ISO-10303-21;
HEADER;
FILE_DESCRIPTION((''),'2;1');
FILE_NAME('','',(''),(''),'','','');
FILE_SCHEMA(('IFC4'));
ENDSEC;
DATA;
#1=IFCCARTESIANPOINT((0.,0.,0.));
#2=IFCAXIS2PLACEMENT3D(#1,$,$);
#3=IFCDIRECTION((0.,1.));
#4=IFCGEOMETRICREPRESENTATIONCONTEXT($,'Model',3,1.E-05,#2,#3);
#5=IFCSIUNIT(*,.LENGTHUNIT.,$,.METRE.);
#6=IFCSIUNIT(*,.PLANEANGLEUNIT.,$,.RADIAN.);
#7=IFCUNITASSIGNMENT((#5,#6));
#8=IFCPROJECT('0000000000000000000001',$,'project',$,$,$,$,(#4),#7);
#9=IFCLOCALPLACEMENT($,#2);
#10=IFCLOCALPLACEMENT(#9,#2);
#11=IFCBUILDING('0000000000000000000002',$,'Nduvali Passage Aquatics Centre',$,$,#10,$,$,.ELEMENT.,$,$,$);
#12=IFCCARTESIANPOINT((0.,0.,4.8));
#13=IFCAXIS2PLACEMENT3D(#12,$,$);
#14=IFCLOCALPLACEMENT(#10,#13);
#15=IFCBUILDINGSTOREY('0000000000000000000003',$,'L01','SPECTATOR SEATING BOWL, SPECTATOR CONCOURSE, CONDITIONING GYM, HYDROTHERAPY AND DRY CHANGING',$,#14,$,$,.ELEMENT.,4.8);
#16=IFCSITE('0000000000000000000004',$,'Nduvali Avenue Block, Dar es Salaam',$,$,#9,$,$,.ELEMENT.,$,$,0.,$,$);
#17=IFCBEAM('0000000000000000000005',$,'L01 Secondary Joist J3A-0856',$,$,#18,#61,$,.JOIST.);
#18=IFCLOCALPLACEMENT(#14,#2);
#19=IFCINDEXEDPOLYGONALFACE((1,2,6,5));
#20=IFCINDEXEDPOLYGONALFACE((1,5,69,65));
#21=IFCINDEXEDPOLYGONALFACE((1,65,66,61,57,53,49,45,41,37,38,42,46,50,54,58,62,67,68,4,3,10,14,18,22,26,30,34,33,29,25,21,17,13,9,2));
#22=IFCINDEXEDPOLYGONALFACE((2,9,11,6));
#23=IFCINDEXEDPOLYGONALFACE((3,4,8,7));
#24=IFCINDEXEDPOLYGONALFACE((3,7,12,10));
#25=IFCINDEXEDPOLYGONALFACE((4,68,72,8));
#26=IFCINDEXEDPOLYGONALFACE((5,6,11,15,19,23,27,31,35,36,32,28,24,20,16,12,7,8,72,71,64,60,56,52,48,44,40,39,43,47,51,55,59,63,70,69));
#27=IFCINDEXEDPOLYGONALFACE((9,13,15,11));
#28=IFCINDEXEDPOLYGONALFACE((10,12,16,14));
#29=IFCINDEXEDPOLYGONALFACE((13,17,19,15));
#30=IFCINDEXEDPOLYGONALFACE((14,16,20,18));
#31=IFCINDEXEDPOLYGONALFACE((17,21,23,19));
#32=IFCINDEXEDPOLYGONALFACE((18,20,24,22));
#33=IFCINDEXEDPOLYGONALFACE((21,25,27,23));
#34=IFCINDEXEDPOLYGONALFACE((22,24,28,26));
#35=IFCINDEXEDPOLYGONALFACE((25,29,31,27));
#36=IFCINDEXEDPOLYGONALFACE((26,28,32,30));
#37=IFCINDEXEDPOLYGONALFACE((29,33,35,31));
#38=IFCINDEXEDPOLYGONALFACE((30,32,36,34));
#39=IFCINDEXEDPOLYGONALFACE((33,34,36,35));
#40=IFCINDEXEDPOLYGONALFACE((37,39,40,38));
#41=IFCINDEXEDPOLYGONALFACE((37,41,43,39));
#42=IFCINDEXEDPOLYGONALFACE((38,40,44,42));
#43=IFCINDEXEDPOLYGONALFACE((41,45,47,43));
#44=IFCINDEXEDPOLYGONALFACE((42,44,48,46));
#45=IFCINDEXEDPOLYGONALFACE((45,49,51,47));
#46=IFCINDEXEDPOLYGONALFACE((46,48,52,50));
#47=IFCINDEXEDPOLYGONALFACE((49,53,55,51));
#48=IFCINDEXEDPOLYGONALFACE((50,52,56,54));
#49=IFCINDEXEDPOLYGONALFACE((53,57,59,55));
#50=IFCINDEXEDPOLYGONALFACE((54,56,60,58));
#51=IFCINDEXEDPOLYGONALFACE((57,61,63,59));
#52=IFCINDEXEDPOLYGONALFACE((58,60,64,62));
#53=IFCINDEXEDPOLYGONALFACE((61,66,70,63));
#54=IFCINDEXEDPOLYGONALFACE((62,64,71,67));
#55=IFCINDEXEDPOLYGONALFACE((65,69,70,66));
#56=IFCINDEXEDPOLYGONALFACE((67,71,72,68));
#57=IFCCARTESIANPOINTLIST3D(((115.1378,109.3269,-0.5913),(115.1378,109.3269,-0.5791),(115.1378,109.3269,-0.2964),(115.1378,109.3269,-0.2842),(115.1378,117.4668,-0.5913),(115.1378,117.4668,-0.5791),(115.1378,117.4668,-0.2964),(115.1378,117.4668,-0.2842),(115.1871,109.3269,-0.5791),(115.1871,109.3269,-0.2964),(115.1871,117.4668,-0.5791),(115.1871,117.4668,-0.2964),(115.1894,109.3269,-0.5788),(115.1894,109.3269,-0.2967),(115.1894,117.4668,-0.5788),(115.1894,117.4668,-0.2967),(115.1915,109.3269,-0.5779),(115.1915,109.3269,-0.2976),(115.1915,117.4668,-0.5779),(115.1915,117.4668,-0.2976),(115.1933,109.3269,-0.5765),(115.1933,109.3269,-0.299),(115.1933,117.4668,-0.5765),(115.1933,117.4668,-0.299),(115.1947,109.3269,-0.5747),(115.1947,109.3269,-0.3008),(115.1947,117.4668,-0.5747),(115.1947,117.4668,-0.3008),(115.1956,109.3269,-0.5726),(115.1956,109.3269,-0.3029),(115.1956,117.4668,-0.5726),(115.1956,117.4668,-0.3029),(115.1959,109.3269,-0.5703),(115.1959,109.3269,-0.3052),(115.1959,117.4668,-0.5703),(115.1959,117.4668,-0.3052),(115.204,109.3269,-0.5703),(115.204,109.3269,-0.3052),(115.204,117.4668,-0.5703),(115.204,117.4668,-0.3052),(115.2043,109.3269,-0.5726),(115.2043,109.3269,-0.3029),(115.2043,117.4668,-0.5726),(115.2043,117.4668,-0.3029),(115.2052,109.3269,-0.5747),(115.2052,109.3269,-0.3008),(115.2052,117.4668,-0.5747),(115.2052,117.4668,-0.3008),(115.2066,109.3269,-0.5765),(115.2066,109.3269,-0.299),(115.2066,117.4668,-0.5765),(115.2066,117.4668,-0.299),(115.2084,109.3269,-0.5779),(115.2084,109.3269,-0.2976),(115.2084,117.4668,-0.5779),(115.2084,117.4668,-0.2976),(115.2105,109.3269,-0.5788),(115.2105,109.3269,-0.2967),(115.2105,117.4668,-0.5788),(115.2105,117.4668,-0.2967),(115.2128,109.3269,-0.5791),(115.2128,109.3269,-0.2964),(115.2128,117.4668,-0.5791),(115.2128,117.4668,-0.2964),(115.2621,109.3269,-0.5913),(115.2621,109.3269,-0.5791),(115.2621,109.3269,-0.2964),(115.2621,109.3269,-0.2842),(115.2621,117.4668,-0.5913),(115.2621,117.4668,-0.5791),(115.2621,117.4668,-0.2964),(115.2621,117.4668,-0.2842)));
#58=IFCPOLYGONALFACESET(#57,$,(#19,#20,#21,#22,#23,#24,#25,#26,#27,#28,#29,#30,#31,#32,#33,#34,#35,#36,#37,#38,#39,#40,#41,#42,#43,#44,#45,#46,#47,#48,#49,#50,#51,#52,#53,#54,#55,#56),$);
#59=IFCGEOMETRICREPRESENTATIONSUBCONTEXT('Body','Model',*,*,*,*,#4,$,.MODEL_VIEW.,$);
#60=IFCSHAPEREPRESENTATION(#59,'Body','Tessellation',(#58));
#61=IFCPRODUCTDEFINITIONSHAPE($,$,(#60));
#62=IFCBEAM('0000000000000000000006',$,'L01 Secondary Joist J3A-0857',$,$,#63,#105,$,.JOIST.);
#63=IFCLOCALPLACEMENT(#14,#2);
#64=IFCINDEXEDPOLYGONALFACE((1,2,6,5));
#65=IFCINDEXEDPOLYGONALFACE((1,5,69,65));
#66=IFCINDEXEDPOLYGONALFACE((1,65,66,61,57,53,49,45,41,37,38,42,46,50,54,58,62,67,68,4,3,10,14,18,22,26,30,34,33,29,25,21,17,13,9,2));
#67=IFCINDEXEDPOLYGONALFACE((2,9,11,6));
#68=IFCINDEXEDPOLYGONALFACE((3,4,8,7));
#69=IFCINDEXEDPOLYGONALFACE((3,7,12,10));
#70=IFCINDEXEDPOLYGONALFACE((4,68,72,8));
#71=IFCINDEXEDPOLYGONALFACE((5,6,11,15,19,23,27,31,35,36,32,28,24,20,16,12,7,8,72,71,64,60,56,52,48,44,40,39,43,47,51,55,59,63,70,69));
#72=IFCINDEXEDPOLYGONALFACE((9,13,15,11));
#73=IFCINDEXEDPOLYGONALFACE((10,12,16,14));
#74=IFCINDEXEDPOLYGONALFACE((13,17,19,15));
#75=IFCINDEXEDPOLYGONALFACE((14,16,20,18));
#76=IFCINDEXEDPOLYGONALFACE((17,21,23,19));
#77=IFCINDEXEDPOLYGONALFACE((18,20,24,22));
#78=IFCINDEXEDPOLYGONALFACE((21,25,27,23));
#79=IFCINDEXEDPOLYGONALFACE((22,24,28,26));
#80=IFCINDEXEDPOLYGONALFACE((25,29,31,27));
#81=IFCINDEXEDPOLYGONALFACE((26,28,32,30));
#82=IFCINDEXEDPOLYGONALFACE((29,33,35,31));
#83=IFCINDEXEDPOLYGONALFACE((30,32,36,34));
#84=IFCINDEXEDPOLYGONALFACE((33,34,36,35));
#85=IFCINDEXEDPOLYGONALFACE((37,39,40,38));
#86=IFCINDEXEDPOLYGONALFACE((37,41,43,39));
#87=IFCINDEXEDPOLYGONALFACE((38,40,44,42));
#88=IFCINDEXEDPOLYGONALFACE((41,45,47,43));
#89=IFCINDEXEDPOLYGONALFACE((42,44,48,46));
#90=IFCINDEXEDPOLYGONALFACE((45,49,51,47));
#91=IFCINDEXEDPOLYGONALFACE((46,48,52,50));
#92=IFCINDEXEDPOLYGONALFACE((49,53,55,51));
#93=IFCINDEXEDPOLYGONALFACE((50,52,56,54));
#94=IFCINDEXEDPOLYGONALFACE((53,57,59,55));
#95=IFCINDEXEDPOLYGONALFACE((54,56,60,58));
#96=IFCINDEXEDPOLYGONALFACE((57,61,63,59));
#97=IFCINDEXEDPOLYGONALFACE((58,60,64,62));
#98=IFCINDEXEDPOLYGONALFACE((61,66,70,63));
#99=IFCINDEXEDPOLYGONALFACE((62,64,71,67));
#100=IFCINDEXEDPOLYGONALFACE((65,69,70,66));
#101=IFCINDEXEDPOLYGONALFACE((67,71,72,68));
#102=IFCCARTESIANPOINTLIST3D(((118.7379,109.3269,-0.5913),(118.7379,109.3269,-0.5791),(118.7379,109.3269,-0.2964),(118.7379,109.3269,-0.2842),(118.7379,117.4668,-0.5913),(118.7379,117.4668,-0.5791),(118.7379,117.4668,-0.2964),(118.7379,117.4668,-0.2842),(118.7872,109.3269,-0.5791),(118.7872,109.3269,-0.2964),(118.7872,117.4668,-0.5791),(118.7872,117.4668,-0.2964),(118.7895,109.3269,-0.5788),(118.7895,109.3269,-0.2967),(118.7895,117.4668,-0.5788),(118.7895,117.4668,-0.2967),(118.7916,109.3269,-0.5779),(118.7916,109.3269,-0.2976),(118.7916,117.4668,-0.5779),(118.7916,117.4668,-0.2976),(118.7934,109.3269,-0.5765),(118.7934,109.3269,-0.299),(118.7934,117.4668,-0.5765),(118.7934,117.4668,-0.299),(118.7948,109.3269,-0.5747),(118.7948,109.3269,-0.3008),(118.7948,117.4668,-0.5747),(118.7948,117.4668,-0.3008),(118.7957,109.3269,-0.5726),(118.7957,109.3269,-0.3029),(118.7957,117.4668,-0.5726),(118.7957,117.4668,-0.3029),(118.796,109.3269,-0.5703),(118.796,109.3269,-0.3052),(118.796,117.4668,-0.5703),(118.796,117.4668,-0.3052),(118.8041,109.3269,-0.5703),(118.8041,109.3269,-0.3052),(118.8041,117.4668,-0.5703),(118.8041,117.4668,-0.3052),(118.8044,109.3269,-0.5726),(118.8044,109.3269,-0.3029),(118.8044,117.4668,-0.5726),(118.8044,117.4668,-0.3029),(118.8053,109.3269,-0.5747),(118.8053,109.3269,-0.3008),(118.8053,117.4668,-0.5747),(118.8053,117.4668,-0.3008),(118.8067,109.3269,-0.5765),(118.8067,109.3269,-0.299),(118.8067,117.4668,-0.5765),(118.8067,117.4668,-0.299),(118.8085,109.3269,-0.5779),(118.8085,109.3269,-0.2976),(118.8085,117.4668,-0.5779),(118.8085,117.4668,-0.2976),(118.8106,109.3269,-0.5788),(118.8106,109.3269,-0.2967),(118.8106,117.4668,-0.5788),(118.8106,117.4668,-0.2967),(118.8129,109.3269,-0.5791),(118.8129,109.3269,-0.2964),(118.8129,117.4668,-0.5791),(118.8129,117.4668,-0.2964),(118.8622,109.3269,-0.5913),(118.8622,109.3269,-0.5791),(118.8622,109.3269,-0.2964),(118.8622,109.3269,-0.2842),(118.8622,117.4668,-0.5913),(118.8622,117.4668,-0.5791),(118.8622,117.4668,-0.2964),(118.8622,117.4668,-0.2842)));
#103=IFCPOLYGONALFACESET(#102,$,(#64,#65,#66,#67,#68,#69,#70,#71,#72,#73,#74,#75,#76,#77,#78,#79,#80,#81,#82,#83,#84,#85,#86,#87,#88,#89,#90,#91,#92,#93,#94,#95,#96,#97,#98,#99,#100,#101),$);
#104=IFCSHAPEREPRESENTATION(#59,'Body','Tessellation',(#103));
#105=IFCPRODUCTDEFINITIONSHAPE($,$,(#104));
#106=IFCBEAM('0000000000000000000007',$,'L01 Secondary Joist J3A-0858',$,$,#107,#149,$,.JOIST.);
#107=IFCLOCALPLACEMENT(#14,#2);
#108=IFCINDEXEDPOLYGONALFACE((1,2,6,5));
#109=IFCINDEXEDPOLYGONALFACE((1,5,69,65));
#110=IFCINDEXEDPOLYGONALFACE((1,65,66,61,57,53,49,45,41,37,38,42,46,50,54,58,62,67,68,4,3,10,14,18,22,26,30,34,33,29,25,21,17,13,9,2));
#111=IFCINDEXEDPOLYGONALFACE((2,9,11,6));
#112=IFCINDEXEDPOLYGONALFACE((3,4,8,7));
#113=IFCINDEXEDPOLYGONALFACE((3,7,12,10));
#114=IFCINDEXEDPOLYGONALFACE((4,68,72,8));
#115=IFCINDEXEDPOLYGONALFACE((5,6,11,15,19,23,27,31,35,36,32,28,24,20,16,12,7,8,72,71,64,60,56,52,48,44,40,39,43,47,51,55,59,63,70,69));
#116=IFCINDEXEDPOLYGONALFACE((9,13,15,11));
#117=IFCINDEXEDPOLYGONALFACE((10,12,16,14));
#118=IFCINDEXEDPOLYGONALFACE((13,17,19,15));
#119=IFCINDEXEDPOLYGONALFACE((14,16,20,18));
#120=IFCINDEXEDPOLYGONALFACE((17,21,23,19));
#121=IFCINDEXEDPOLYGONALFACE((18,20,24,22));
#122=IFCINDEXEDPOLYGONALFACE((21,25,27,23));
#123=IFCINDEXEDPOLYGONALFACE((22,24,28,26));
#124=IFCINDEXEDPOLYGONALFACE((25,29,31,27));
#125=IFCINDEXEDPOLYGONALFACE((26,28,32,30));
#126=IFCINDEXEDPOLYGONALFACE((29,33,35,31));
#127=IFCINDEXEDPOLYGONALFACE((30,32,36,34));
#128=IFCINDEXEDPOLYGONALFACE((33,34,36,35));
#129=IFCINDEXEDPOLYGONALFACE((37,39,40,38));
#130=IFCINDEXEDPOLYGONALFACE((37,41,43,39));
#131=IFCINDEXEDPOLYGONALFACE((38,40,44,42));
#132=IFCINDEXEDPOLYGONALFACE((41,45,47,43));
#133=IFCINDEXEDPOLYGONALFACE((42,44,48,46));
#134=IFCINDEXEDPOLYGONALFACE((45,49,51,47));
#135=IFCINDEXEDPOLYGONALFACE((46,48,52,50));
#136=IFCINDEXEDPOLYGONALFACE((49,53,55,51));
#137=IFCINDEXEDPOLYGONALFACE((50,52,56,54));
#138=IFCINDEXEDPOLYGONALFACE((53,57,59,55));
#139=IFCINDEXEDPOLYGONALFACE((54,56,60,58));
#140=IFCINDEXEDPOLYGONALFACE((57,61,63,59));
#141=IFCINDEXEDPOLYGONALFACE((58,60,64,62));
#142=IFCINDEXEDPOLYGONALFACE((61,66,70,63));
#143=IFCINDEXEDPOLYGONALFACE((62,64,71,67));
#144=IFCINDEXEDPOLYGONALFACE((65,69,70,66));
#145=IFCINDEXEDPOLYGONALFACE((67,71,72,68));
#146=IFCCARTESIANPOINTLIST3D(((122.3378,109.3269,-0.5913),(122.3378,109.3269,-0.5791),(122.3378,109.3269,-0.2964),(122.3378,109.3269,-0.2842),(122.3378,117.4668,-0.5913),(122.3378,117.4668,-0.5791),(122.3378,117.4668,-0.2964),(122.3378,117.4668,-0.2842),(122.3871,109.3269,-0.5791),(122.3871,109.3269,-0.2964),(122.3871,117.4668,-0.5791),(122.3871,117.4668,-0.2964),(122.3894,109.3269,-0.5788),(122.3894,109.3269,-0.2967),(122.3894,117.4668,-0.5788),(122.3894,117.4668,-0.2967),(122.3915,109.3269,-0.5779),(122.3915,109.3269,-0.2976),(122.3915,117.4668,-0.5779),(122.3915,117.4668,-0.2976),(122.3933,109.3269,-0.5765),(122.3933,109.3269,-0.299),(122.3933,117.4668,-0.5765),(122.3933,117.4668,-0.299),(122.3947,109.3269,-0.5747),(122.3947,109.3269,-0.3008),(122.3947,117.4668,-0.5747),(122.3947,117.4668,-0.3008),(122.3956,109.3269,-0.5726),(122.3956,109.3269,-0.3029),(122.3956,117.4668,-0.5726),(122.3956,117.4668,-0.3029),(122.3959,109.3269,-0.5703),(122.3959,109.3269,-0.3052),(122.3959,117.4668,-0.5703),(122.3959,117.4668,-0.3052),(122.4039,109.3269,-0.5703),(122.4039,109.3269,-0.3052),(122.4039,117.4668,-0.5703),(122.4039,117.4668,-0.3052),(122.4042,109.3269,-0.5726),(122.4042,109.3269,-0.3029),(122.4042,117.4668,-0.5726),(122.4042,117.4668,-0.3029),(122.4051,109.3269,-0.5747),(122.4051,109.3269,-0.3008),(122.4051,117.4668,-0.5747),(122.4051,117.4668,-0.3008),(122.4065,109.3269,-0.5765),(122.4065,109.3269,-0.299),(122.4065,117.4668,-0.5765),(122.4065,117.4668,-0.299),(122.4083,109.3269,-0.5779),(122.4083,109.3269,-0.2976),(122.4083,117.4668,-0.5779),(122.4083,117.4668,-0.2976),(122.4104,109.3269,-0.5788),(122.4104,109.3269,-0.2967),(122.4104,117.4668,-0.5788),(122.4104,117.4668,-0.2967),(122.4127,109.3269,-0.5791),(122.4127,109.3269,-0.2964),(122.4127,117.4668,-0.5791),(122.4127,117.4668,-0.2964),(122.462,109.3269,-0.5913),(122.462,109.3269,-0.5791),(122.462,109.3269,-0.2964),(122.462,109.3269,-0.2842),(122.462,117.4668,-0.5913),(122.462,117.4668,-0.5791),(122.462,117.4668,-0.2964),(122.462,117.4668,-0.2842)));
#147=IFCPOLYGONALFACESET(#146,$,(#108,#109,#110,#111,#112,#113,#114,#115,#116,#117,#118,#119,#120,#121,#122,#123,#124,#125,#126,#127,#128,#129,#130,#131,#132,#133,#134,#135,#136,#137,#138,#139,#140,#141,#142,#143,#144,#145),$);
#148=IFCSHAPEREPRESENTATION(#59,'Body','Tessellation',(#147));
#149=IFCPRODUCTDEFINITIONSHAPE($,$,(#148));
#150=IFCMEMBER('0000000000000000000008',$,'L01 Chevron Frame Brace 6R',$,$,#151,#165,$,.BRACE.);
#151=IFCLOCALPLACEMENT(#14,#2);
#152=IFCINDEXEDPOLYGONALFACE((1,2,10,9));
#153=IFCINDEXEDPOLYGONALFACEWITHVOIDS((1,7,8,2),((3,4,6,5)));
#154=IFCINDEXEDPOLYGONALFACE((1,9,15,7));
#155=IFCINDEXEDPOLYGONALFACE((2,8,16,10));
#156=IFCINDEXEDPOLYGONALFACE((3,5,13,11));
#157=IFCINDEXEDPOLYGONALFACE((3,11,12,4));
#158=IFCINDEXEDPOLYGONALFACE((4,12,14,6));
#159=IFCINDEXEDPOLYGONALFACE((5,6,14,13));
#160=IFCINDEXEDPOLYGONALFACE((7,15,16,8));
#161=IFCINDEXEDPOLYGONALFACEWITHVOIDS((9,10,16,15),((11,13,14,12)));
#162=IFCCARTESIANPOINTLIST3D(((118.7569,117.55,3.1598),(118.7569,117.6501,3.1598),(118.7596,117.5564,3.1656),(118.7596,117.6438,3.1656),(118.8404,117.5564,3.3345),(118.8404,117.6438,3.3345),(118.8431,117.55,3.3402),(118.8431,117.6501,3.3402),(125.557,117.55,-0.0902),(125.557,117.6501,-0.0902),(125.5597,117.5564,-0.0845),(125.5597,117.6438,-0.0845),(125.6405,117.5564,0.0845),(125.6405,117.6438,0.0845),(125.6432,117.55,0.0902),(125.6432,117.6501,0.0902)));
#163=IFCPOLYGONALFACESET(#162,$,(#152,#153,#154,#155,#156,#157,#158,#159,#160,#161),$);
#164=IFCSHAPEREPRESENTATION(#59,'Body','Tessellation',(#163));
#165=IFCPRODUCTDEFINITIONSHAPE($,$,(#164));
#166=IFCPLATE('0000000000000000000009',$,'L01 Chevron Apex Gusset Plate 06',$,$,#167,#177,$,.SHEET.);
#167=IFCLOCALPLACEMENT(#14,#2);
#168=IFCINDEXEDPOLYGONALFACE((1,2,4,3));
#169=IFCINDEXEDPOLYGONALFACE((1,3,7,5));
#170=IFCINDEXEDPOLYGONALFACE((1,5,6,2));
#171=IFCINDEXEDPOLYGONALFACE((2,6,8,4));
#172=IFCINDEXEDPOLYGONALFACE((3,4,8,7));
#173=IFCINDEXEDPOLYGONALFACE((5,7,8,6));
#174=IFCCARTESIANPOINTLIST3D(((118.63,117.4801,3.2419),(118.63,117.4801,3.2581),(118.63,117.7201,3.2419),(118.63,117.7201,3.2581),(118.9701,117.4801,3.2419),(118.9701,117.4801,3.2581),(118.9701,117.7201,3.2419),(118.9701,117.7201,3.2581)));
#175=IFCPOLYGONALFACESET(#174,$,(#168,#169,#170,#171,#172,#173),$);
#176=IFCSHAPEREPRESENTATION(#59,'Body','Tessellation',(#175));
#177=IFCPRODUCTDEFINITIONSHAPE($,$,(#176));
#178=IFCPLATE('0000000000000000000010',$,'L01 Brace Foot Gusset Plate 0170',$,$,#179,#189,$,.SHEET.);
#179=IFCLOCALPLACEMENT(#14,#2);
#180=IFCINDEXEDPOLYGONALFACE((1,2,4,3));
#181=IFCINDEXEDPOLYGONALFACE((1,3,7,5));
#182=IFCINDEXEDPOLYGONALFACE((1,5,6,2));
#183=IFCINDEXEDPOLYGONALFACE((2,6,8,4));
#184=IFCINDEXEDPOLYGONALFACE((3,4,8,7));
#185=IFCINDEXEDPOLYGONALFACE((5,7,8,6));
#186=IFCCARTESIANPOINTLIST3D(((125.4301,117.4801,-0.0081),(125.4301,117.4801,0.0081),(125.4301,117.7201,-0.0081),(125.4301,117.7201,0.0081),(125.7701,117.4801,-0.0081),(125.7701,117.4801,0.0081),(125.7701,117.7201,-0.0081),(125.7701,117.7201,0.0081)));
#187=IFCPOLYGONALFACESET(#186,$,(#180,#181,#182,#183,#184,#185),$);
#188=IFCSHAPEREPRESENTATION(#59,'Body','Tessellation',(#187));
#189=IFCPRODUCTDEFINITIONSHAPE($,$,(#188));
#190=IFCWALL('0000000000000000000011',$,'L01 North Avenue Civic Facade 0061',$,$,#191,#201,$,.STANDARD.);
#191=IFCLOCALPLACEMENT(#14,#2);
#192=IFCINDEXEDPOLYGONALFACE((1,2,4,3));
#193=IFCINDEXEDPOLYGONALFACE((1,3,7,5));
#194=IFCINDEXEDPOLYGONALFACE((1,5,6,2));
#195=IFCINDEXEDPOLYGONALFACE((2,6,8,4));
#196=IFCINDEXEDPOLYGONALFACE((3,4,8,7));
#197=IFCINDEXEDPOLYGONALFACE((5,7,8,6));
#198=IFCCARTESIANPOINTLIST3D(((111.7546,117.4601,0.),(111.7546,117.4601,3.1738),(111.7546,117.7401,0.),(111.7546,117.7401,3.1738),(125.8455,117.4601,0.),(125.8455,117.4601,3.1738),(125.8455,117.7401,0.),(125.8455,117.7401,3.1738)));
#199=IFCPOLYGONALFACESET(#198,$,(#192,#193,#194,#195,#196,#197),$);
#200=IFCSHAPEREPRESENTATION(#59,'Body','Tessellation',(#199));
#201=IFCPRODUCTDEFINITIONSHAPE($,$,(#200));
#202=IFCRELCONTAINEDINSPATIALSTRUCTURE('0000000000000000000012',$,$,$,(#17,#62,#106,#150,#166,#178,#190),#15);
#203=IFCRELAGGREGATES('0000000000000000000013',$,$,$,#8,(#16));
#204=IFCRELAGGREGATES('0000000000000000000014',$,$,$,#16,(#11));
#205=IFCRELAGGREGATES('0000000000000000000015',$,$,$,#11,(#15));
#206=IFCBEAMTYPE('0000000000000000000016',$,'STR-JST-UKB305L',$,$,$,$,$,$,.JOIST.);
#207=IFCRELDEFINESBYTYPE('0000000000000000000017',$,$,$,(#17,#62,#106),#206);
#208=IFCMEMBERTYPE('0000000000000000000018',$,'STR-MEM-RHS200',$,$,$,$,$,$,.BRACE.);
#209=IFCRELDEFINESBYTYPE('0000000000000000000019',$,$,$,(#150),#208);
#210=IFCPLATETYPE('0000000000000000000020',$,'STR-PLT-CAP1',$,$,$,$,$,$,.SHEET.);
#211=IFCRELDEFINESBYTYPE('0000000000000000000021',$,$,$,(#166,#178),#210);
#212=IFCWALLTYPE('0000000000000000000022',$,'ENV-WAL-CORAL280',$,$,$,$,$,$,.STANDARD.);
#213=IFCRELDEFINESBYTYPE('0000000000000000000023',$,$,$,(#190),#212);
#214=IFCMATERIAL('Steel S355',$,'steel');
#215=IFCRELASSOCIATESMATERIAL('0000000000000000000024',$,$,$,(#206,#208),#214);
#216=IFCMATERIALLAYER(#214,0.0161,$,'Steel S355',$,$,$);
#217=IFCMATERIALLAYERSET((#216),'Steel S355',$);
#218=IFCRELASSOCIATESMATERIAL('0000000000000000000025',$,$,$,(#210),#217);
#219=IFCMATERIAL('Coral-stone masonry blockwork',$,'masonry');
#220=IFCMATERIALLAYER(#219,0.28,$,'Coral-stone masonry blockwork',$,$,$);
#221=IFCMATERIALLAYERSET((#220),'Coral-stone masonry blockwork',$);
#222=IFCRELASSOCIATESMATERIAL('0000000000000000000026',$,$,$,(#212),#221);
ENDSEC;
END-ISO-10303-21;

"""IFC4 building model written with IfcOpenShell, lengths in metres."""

from ifc_helpers import new_model, si_unit, direction, frame, frame_2d, origin, origin_2d, place, context, subcontext, project, spatial, rectangle, hollow_rectangle, i_section, extrude, material, layer, layer_set, material_profile, profile_set, type_object, element, save


model = new_model("IFC4")

# Units and contexts
model_context = context("Model", 3, precision=1e-05, world=origin(), true_north=direction((0.0, 1.0)))
body_context = subcontext(model_context, "Body", "Model", "MODEL_VIEW")
ifc_project = project(units=[si_unit("LENGTHUNIT", "METRE"), si_unit("PLANEANGLEUNIT", "RADIAN")], contexts=[model_context])

# Site, building, storey
site_placement = place(None, origin())
site = spatial("IfcSite", under=ifc_project, at=site_placement, Name="Nduvali Avenue Block, Dar es Salaam", CompositionType="ELEMENT", RefElevation=0.0)
building_placement = place(site_placement, origin())
building = spatial("IfcBuilding", under=site, at=building_placement, Name="Nduvali Passage Aquatics Centre", CompositionType="ELEMENT")
storey_placement = place(building_placement, frame((0.0, 0.0, 4.8)))
storey = spatial("IfcBuildingStorey", under=building, at=storey_placement, Name="L01", Description="SPECTATOR SEATING BOWL, SPECTATOR CONCOURSE, CONDITIONING GYM, HYDROTHERAPY AND DRY CHANGING", CompositionType="ELEMENT", Elevation=4.8)

# Beams
ifc_material_1 = material(Name="Steel S355", Category="steel")
ifc_material_profile_1 = material_profile(ifc_material_1, i_section(OverallWidth=0.1243, OverallDepth=0.3071, WebThickness=0.0081, FlangeThickness=0.0122, FilletRadius=0.0088, at=origin_2d()), Name="UKB 305x127x42")
ifc_profile_set_1 = profile_set([ifc_material_profile_1], Name="Steel S355")
beam_type = type_object("IfcBeamType", Name="STR-JST-UKB305L", PredefinedType="JOIST", material=ifc_profile_set_1)
for number, where, z_axis, x_axis, name in (
    (1, (115.2, 109.3269, -0.4377), (0.0, 1.0, 0.0), (-1.0, 0.0, 0.0), "L01 Secondary Joist J3A-0856"),
    (2, (118.8, 109.3269, -0.4377), (0.0, 1.0, 0.0), (-1.0, 0.0, 0.0), "L01 Secondary Joist J3A-0857"),
    (3, (122.3999, 109.3269, -0.4377), (0.0, 1.0, 0.0), (-1.0, 0.0, 0.0), "L01 Secondary Joist J3A-0858"),
):
    element("IfcBeam", number, at=place(storey_placement, frame(where, z_axis=z_axis, x_axis=x_axis)), inside=storey, type_object=beam_type, Name=name, PredefinedType="JOIST", context=body_context, shape_type="SweptSolid", body=[
        extrude(i_section(OverallWidth=0.1243, OverallDepth=0.3071, WebThickness=0.0081, FlangeThickness=0.0122, FilletRadius=0.0088, at=origin_2d()), origin(), (0.0, 0.0, 1.0), 8.1399),
    ])

# Member
ifc_material_profile_2 = material_profile(ifc_material_1, hollow_rectangle(XDim=0.1001, YDim=0.2, WallThickness=0.0063, at=origin_2d()), Name="RHS 200x100x6.3")
ifc_profile_set_2 = profile_set([ifc_material_profile_2], Name="Steel S355")
member_type = type_object("IfcMemberType", Name="STR-MEM-RHS200", PredefinedType="BRACE", material=ifc_profile_set_2)
member_placement = place(storey_placement, frame((125.6001, 117.6001, 0.0), z_axis=(-0.902248, 0.0, 0.431218), x_axis=(0.0, -1.0, 0.0)))
element("IfcMember", 4, at=member_placement, inside=storey, type_object=member_type, Name="L01 Chevron Frame Brace 6R", PredefinedType="BRACE", context=body_context, shape_type="SweptSolid", body=[
    extrude(hollow_rectangle(XDim=0.1001, YDim=0.2, WallThickness=0.0063, at=origin_2d()), origin(), (0.0, 0.0, 1.0), 7.5369),
])

# Plates
ifc_layer_1 = layer(ifc_material_1, 0.0161, Name="Steel S355")
ifc_layer_set_1 = layer_set([ifc_layer_1], Name="Steel S355")
plate_type = type_object("IfcPlateType", Name="STR-PLT-CAP1", PredefinedType="SHEET", material=ifc_layer_set_1)
for number, where, z_axis, x_axis, name in (
    (5, (118.8, 117.6001, 3.2419), (0.0, 0.0, 1.0), (1.0, 0.0, 0.0), "L01 Chevron Apex Gusset Plate 06"),
    (6, (125.6001, 117.6001, -0.0081), (0.0, 0.0, 1.0), (1.0, 0.0, 0.0), "L01 Brace Foot Gusset Plate 0170"),
):
    element("IfcPlate", number, at=place(storey_placement, frame(where, z_axis=z_axis, x_axis=x_axis)), inside=storey, type_object=plate_type, Name=name, PredefinedType="SHEET", context=body_context, shape_type="SweptSolid", body=[
        extrude(rectangle(XDim=0.3401, YDim=0.24, at=origin_2d()), origin(), (0.0, 0.0, 1.0), 0.0161),
    ])

# Wall
ifc_material_2 = material(Name="Coral-stone masonry blockwork", Category="masonry")
ifc_layer_2 = layer(ifc_material_2, 0.28, Name="Coral-stone masonry blockwork")
ifc_layer_set_2 = layer_set([ifc_layer_2], Name="Coral-stone masonry blockwork")
wall_type_1 = type_object("IfcWallType", Name="ENV-WAL-CORAL280", PredefinedType="STANDARD", material=ifc_layer_set_2)
wall_1_placement = place(storey_placement, frame((125.8455, 117.6001, 0.0), z_axis=(0.0, 0.0, 1.0), x_axis=(-1.0, 0.0, 0.0)))
element("IfcWall", 7, at=wall_1_placement, inside=storey, type_object=wall_type_1, Name="L01 North Avenue Civic Facade 0061", PredefinedType="STANDARD", context=body_context, shape_type="SweptSolid", body=[
    extrude(rectangle(XDim=14.0908, YDim=0.28, at=frame_2d((7.0454, 0.0))), origin(), (0.0, 0.0, 1.0), 3.1738),
])

save(model, "model.ifc")
